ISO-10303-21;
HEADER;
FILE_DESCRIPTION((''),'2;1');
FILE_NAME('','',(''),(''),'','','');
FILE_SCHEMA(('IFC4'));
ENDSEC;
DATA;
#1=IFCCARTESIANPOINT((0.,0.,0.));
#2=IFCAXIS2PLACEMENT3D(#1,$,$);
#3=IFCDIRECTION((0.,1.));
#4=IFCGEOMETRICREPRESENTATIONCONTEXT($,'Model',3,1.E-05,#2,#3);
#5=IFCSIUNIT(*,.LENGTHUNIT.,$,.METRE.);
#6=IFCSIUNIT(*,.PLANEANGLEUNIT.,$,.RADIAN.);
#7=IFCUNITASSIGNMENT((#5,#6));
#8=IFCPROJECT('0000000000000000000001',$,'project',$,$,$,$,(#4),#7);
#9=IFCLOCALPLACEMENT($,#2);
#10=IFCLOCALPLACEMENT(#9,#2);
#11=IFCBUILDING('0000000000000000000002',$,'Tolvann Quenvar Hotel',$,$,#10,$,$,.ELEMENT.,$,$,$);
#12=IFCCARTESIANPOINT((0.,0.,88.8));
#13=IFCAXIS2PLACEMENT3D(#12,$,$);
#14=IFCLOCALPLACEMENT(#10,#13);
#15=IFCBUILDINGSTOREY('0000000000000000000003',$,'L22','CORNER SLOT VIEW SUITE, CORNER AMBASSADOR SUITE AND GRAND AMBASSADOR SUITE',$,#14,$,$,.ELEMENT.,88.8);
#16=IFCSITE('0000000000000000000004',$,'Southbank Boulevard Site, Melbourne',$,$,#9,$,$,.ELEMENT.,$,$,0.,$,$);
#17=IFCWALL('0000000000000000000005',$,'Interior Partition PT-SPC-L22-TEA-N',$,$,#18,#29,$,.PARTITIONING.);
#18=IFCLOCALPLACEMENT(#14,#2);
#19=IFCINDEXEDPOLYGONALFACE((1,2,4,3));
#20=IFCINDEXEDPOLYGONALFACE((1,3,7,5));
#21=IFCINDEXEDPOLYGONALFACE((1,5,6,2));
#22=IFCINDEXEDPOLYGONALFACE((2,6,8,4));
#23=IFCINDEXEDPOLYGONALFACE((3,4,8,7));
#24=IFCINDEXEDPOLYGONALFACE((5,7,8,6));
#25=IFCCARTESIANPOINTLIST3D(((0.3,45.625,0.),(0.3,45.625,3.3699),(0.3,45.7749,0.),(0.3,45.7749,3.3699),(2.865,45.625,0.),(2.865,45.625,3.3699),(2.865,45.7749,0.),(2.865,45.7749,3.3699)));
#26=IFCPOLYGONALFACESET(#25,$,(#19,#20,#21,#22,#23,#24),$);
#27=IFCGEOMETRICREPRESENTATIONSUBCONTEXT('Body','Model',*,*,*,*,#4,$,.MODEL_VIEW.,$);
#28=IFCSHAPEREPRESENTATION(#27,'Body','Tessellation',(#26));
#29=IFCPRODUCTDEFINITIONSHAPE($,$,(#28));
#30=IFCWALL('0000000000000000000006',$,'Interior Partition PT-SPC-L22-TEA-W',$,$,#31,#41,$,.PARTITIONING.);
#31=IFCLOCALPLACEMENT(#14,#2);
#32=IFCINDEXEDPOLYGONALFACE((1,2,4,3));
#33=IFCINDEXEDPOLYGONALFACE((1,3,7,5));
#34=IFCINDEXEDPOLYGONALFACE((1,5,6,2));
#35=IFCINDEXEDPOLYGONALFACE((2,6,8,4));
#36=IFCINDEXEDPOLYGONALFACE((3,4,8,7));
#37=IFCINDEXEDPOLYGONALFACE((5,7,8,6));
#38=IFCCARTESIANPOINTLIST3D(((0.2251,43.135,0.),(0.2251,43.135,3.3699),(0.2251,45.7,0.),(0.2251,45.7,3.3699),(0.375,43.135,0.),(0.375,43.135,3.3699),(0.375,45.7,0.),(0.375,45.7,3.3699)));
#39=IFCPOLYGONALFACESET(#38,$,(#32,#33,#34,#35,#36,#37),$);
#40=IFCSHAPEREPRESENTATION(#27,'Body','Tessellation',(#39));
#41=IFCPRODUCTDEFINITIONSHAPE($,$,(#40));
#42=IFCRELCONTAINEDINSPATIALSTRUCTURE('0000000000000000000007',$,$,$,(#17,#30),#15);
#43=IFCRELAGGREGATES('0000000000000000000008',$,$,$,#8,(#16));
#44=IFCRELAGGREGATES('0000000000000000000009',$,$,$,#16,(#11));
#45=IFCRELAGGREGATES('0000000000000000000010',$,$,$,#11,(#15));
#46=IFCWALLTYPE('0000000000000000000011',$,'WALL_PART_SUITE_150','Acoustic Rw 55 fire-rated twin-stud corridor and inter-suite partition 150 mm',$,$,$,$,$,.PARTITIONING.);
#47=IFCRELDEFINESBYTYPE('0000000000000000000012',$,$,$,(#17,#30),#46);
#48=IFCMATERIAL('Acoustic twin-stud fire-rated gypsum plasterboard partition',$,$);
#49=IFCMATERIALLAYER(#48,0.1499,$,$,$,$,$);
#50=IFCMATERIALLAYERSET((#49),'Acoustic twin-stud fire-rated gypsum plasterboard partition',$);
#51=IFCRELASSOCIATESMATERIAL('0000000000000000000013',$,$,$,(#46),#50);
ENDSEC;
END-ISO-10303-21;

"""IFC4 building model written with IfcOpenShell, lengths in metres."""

from ifc_helpers import new_model, si_unit, direction, frame, frame_2d, origin, place, context, subcontext, project, spatial, rectangle, extrude, material, layer, layer_set, type_object, element, save


model = new_model("IFC4")

# Units and contexts
model_context = context("Model", 3, precision=1e-05, world=origin(), true_north=direction((0.0, 1.0)))
body_context = subcontext(model_context, "Body", "Model", "MODEL_VIEW")
ifc_project = project(units=[si_unit("LENGTHUNIT", "METRE"), si_unit("PLANEANGLEUNIT", "RADIAN")], contexts=[model_context])

# Site, building, storey
site_placement = place(None, origin())
site = spatial("IfcSite", under=ifc_project, at=site_placement, Name="Southbank Boulevard Site, Melbourne", CompositionType="ELEMENT", RefElevation=0.0)
building_placement = place(site_placement, origin())
building = spatial("IfcBuilding", under=site, at=building_placement, Name="Tolvann Quenvar Hotel", CompositionType="ELEMENT")
storey_placement = place(building_placement, frame((0.0, 0.0, 88.8)))
storey = spatial("IfcBuildingStorey", under=building, at=storey_placement, Name="L22", Description="CORNER SLOT VIEW SUITE, CORNER AMBASSADOR SUITE AND GRAND AMBASSADOR SUITE", CompositionType="ELEMENT", Elevation=88.8)

# Walls
ifc_material_1 = material(Name="Acoustic twin-stud fire-rated gypsum plasterboard partition")
ifc_layer_1 = layer(ifc_material_1, 0.1499)
ifc_layer_set_1 = layer_set([ifc_layer_1], Name="Acoustic twin-stud fire-rated gypsum plasterboard partition")
wall_type_1 = type_object("IfcWallType", Name="WALL_PART_SUITE_150", Description="Acoustic Rw 55 fire-rated twin-stud corridor and inter-suite partition 150 mm", PredefinedType="PARTITIONING", material=ifc_layer_set_1)
for number, where, z_axis, x_axis, name in (
    (1, (0.3, 45.7, 0.0), (0.0, 0.0, 1.0), (1.0, 0.0, 0.0), "Interior Partition PT-SPC-L22-TEA-N"),
    (2, (0.3, 43.135, 0.0), (0.0, 0.0, 1.0), (0.0, 1.0, 0.0), "Interior Partition PT-SPC-L22-TEA-W"),
):
    element("IfcWall", number, at=place(storey_placement, frame(where, z_axis=z_axis, x_axis=x_axis)), inside=storey, type_object=wall_type_1, Name=name, PredefinedType="PARTITIONING", context=body_context, shape_type="SweptSolid", body=[
        extrude(rectangle(XDim=2.5649, YDim=0.1499, at=frame_2d((1.2825, 0.0))), origin(), (0.0, 0.0, 1.0), 3.3699),
    ])

save(model, "model.ifc")
